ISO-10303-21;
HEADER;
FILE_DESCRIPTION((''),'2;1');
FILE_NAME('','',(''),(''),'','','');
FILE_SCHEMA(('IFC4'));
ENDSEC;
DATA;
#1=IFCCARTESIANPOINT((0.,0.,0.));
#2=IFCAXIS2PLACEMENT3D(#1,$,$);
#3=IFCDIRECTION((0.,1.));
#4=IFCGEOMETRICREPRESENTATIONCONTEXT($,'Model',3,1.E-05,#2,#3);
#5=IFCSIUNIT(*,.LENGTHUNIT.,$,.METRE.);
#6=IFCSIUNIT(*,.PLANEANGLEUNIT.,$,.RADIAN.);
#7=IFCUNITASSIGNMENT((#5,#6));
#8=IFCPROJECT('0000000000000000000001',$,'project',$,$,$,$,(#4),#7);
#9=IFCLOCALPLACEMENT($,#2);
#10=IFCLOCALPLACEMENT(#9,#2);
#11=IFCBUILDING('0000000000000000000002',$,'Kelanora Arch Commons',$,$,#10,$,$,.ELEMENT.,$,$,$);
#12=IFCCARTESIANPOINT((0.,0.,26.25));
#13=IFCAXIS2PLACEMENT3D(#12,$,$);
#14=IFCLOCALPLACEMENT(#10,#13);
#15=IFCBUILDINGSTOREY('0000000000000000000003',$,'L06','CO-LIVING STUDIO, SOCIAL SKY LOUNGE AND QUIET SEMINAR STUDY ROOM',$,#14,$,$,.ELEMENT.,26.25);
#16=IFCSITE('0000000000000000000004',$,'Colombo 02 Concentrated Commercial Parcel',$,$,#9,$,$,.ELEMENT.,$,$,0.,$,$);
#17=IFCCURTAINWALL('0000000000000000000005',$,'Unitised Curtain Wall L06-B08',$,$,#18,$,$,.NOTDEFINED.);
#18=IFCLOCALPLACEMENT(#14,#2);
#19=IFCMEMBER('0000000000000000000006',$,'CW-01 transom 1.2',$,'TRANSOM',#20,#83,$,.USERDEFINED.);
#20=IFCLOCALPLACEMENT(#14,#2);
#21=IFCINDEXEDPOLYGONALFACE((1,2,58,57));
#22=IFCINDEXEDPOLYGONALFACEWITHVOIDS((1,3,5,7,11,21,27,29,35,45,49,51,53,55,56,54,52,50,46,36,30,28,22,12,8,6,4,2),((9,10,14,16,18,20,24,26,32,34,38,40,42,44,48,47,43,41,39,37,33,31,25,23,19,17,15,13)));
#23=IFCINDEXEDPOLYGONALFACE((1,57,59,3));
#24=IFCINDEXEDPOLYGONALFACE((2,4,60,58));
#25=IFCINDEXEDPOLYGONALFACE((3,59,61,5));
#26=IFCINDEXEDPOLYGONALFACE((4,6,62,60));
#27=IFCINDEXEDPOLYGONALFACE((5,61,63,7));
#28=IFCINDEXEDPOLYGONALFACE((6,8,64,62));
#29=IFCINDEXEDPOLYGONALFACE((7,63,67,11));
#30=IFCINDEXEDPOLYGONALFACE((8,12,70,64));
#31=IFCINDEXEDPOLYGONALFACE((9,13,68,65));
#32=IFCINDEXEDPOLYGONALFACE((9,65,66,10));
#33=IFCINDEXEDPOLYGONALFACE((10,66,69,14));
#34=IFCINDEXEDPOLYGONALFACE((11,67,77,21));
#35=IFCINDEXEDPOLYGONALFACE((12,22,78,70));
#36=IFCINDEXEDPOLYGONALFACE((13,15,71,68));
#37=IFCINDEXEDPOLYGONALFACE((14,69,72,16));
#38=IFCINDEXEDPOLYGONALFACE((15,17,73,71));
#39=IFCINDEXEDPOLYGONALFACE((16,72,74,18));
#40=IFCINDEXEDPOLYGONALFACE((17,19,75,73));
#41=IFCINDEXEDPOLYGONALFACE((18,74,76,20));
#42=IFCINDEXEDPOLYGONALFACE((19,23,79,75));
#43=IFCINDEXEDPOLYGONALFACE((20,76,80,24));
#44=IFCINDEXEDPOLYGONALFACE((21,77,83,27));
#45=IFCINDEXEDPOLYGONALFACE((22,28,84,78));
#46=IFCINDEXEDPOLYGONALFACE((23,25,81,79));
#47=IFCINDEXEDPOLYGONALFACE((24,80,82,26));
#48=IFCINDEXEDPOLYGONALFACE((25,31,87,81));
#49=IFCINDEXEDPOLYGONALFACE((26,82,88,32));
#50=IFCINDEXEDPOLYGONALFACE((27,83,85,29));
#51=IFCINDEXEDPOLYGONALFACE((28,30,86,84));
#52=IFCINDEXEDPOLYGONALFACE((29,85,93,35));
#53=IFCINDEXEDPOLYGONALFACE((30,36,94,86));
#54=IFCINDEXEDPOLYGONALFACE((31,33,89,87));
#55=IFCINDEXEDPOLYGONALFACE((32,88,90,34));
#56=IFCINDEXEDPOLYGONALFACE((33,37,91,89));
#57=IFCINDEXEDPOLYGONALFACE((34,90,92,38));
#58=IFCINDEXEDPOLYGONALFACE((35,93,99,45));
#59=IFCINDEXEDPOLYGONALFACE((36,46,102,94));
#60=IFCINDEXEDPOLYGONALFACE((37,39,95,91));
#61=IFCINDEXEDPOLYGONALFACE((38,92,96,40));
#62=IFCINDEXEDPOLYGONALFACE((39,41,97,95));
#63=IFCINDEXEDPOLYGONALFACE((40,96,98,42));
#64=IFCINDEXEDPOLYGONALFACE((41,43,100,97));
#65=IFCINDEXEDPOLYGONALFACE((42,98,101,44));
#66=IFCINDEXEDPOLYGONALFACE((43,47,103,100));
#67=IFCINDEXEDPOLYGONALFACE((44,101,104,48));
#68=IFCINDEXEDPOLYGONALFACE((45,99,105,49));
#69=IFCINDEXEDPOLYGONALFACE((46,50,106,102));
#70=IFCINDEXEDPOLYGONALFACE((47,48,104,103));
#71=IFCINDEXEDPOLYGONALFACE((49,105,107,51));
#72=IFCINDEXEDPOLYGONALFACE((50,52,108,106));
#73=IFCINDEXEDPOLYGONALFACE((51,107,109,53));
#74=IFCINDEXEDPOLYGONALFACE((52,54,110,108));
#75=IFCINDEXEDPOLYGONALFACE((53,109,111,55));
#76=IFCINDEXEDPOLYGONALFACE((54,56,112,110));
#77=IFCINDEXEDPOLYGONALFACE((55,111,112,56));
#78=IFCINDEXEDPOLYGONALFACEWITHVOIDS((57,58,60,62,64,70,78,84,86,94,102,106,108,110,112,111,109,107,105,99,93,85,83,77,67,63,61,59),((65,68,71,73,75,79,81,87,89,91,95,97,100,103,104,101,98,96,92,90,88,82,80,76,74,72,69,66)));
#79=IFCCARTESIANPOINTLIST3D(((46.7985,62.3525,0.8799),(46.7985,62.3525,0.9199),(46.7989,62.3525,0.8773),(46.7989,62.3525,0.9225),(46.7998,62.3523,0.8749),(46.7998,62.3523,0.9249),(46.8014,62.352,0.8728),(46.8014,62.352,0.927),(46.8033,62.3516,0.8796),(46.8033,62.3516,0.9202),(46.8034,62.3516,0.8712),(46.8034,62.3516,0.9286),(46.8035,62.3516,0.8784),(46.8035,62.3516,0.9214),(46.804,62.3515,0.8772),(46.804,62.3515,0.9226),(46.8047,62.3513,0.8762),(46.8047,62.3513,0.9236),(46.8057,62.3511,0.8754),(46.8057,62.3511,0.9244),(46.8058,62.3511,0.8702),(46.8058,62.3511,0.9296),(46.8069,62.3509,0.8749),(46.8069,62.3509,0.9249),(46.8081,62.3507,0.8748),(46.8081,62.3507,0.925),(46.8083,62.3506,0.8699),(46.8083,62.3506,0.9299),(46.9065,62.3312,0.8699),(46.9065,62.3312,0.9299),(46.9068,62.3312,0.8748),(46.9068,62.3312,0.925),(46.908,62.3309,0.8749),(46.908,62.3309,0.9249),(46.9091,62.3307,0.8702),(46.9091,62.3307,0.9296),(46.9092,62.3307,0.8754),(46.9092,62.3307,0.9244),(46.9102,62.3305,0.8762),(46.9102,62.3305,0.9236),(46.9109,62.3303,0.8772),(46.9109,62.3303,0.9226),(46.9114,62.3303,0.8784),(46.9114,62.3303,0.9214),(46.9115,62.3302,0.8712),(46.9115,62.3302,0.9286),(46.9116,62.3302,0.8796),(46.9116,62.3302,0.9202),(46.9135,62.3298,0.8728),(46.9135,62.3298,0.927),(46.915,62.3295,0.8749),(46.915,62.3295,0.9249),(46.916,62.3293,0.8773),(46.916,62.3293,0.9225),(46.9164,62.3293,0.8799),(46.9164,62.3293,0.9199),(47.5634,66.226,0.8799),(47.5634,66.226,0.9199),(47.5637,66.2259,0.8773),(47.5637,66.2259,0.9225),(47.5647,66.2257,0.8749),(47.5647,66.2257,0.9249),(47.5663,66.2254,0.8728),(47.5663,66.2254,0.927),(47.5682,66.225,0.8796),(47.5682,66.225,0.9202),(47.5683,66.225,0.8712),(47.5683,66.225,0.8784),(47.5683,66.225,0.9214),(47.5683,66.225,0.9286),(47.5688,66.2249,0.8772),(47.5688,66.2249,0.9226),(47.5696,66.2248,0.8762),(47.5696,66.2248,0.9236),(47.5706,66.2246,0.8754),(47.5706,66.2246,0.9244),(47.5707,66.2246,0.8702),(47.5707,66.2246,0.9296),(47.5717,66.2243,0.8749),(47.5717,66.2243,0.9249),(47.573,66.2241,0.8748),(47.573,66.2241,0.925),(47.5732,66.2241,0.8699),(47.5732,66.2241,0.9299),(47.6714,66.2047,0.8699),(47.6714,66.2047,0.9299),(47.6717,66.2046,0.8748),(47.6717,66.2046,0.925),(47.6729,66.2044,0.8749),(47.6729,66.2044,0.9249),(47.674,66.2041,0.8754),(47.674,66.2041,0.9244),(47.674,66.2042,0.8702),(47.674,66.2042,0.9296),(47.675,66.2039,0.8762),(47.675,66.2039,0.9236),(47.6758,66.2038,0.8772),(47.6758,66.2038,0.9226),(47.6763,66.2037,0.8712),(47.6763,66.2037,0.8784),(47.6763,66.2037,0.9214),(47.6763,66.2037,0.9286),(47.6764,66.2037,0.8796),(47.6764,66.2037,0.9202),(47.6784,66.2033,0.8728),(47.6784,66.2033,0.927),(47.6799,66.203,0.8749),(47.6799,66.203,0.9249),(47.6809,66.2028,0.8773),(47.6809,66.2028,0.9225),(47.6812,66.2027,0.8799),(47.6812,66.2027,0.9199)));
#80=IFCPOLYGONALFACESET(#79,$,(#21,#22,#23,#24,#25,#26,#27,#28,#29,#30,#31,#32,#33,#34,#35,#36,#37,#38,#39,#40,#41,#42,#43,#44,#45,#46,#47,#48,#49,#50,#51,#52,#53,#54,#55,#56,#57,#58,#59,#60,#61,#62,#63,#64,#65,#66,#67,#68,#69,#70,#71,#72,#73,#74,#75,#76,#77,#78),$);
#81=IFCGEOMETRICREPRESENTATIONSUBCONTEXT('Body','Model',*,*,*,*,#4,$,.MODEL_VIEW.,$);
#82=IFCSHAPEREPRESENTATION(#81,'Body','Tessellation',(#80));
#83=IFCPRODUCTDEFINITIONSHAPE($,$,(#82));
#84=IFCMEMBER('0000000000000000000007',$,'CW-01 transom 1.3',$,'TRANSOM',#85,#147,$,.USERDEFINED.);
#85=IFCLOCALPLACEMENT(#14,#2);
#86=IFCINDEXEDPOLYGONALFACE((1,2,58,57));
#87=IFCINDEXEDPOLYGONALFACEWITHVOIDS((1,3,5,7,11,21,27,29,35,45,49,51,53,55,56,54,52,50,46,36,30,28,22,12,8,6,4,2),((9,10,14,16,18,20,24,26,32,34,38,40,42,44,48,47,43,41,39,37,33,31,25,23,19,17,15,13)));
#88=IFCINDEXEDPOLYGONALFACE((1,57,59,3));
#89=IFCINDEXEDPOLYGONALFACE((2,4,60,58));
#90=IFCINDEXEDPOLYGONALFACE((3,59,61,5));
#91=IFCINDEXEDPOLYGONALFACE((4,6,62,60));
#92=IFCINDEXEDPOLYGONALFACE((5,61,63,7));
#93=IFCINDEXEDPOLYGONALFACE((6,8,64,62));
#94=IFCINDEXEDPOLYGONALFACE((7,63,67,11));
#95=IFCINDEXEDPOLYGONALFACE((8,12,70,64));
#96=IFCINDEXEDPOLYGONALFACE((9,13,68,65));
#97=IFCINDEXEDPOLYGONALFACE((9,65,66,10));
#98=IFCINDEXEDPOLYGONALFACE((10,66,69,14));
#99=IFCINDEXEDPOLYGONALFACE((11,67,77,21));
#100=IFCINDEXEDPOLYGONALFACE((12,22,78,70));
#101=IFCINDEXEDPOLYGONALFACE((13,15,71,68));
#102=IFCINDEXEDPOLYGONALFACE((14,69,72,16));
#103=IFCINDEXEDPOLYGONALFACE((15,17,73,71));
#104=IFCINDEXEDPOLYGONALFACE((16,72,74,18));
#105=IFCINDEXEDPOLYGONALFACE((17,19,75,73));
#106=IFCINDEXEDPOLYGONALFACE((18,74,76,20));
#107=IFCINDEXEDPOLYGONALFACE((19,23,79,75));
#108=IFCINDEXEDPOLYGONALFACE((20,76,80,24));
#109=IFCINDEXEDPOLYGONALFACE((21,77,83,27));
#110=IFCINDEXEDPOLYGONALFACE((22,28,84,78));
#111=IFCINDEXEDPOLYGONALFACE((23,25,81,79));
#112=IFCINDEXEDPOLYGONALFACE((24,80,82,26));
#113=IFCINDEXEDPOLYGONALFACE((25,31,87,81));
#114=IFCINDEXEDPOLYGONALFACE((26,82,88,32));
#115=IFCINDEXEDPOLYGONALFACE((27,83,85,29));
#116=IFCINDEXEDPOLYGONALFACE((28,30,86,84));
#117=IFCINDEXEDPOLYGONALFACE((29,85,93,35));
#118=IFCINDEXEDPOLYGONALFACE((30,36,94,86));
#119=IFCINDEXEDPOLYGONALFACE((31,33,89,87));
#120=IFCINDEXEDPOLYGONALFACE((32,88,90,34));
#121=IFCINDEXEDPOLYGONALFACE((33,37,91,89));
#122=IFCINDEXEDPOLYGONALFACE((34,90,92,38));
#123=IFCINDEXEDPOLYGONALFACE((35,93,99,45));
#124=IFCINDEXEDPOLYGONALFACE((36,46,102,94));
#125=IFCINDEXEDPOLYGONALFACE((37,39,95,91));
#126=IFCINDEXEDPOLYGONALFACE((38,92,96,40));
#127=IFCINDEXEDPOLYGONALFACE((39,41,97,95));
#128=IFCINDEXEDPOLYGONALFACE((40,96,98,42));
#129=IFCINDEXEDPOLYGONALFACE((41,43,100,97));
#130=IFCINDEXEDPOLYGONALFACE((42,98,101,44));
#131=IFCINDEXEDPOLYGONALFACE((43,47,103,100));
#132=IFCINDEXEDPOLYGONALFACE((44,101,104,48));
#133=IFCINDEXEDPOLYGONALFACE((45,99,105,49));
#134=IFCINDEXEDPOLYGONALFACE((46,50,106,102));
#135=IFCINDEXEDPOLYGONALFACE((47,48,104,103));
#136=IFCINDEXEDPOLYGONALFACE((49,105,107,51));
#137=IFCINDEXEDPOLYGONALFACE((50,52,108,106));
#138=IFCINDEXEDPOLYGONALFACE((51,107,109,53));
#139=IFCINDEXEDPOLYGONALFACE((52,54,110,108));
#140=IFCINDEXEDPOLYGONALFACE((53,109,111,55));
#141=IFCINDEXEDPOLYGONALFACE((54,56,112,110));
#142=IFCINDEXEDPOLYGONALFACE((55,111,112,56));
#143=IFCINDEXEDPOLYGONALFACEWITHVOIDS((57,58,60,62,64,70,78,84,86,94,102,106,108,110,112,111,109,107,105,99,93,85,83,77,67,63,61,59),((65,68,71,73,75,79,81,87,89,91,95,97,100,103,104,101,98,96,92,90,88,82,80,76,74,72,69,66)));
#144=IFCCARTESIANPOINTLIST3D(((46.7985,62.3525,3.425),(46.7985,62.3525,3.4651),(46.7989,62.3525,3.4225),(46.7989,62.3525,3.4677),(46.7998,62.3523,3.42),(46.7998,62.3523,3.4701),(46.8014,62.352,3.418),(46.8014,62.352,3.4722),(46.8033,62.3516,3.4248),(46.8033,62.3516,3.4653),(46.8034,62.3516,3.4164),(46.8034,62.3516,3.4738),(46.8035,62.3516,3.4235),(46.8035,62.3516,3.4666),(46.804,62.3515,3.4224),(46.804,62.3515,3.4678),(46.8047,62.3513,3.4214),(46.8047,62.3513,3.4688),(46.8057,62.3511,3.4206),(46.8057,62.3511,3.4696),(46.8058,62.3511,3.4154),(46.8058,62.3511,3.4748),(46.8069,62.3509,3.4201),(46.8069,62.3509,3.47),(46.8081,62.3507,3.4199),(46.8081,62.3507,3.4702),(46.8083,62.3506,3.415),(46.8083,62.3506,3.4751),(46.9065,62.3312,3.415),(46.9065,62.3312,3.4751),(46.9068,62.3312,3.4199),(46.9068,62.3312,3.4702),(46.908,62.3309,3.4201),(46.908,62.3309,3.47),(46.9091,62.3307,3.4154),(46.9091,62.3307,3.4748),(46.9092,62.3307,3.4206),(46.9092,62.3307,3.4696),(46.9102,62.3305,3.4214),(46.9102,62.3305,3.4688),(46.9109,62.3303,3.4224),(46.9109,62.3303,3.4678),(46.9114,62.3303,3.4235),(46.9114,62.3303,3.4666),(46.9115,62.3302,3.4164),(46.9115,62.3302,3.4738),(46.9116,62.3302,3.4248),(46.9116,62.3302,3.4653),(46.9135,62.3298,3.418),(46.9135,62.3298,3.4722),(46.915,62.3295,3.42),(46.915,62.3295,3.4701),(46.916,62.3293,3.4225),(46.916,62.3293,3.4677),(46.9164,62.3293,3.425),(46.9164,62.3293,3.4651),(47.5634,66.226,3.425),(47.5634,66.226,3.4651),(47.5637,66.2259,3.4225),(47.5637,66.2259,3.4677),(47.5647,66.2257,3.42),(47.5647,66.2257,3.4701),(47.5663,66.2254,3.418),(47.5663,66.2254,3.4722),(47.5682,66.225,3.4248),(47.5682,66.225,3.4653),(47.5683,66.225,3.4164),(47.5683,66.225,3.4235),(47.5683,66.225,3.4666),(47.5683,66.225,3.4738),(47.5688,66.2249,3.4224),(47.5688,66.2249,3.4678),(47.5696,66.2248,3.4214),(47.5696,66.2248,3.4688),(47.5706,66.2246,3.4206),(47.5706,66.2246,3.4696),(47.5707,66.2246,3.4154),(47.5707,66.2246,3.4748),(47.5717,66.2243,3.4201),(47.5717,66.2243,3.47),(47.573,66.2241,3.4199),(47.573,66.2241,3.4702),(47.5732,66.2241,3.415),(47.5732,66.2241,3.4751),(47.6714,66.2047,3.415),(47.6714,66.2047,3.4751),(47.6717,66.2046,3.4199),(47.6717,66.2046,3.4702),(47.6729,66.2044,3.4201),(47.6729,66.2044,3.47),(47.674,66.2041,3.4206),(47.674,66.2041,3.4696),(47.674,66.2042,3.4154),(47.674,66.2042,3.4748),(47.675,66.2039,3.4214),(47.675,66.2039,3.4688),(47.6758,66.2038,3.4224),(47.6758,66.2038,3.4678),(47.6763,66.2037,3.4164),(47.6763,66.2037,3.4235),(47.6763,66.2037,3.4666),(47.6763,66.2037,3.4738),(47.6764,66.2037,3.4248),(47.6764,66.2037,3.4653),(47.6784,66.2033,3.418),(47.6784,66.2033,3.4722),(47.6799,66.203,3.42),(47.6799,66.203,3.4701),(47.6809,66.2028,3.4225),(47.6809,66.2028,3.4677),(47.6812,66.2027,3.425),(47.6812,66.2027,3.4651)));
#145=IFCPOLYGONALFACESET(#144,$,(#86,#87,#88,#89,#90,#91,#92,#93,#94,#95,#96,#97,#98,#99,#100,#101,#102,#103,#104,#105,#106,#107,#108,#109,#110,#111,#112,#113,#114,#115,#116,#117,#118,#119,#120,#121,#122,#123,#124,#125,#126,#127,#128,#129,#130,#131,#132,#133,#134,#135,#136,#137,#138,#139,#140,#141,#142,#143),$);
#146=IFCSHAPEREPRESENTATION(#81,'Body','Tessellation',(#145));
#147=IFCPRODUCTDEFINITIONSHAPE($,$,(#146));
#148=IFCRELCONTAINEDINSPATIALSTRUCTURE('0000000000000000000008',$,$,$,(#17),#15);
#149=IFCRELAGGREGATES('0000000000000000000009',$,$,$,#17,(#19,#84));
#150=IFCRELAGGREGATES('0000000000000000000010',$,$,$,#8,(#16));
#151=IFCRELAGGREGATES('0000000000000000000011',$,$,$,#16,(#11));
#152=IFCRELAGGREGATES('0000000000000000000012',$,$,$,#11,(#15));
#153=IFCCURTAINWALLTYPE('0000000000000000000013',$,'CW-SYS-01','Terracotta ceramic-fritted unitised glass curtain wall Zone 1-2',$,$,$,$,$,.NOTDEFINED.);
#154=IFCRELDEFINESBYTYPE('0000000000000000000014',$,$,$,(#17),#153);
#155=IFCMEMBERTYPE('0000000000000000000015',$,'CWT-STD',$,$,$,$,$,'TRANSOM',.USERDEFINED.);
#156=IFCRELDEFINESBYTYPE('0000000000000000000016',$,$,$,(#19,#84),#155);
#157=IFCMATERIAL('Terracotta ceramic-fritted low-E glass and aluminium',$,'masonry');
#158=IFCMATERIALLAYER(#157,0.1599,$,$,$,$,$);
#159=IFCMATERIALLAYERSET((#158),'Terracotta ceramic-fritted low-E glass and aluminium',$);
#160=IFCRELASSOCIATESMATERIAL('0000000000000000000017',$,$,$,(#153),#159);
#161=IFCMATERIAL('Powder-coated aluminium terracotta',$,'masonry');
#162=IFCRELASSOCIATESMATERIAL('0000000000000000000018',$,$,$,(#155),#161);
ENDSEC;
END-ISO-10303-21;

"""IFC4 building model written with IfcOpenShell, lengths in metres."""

from ifc_helpers import new_model, si_unit, direction, frame, origin, origin_2d, place, context, subcontext, project, spatial, hollow_rectangle, extrude, material, layer, layer_set, material_profile, profile_set, type_object, element, aggregate, save


model = new_model("IFC4")

# Units and contexts
model_context = context("Model", 3, precision=1e-05, world=origin(), true_north=direction((0.0, 1.0)))
body_context = subcontext(model_context, "Body", "Model", "MODEL_VIEW")
ifc_project = project(units=[si_unit("LENGTHUNIT", "METRE"), si_unit("PLANEANGLEUNIT", "RADIAN")], contexts=[model_context])

# Site, building, storey
site_placement = place(None, origin())
site = spatial("IfcSite", under=ifc_project, at=site_placement, Name="Colombo 02 Concentrated Commercial Parcel", CompositionType="ELEMENT", RefElevation=0.0)
building_placement = place(site_placement, origin())
building = spatial("IfcBuilding", under=site, at=building_placement, Name="Kelanora Arch Commons", CompositionType="ELEMENT")
storey_placement = place(building_placement, frame((0.0, 0.0, 26.25)))
storey = spatial("IfcBuildingStorey", under=building, at=storey_placement, Name="L06", Description="CO-LIVING STUDIO, SOCIAL SKY LOUNGE AND QUIET SEMINAR STUDY ROOM", CompositionType="ELEMENT", Elevation=26.25)

# Curtain wall, members
ifc_material_1 = material(Name="Terracotta ceramic-fritted low-E glass and aluminium", Category="masonry")
ifc_layer_1 = layer(ifc_material_1, 0.1599)
ifc_layer_set_1 = layer_set([ifc_layer_1], Name="Terracotta ceramic-fritted low-E glass and aluminium")
curtain_wall_type = type_object("IfcCurtainWallType", Name="CW-SYS-01", Description="Terracotta ceramic-fritted unitised glass curtain wall Zone 1-2", PredefinedType="NOTDEFINED", material=ifc_layer_set_1)
curtain_wall_placement = place(storey_placement, origin())
curtain_wall = element("IfcCurtainWall", 1, at=curtain_wall_placement, inside=storey, type_object=curtain_wall_type, Name="Unitised Curtain Wall L06-B08", PredefinedType="NOTDEFINED")
ifc_material_2 = material(Name="Powder-coated aluminium terracotta", Category="masonry")
ifc_material_profile_1 = material_profile(ifc_material_2, hollow_rectangle(XDim=0.1201, YDim=0.0601, WallThickness=0.0049, InnerFilletRadius=0.0049, OuterFilletRadius=0.01, at=origin_2d()), Name="CWT120x60")
ifc_profile_set_1 = profile_set([ifc_material_profile_1], Name="Powder-coated aluminium terracotta")
member_type_1 = type_object("IfcMemberType", Name="CWT-STD", ElementType="TRANSOM", PredefinedType="USERDEFINED", material=ifc_profile_set_1)
member_1_placement = place(storey_placement, frame((47.6223, 66.2144, 0.8999), z_axis=(-0.193725, -0.981056, 0.0), x_axis=(0.981056, -0.193725, 0.0)))
member_1 = element("IfcMember", 2, at=member_1_placement, type_object=member_type_1, Name="CW-01 transom 1.2", ObjectType="TRANSOM", PredefinedType="USERDEFINED", context=body_context, shape_type="SweptSolid", body=[
    extrude(hollow_rectangle(XDim=0.1201, YDim=0.0601, WallThickness=0.0049, InnerFilletRadius=0.0049, OuterFilletRadius=0.01, at=origin_2d()), origin(), (0.0, 0.0, 1.0), 3.9482),
])
member_2_placement = place(storey_placement, frame((47.6223, 66.2144, 3.4451), z_axis=(-0.193725, -0.981056, 0.0), x_axis=(0.981056, -0.193725, 0.0)))
member_2 = element("IfcMember", 3, at=member_2_placement, type_object=member_type_1, Name="CW-01 transom 1.3", ObjectType="TRANSOM", PredefinedType="USERDEFINED", context=body_context, shape_type="SweptSolid", body=[
    extrude(hollow_rectangle(XDim=0.1201, YDim=0.0601, WallThickness=0.0049, InnerFilletRadius=0.0049, OuterFilletRadius=0.01, at=origin_2d()), origin(), (0.0, 0.0, 1.0), 3.9482),
])
aggregate(curtain_wall, [member_1, member_2])

save(model, "model.ifc")
